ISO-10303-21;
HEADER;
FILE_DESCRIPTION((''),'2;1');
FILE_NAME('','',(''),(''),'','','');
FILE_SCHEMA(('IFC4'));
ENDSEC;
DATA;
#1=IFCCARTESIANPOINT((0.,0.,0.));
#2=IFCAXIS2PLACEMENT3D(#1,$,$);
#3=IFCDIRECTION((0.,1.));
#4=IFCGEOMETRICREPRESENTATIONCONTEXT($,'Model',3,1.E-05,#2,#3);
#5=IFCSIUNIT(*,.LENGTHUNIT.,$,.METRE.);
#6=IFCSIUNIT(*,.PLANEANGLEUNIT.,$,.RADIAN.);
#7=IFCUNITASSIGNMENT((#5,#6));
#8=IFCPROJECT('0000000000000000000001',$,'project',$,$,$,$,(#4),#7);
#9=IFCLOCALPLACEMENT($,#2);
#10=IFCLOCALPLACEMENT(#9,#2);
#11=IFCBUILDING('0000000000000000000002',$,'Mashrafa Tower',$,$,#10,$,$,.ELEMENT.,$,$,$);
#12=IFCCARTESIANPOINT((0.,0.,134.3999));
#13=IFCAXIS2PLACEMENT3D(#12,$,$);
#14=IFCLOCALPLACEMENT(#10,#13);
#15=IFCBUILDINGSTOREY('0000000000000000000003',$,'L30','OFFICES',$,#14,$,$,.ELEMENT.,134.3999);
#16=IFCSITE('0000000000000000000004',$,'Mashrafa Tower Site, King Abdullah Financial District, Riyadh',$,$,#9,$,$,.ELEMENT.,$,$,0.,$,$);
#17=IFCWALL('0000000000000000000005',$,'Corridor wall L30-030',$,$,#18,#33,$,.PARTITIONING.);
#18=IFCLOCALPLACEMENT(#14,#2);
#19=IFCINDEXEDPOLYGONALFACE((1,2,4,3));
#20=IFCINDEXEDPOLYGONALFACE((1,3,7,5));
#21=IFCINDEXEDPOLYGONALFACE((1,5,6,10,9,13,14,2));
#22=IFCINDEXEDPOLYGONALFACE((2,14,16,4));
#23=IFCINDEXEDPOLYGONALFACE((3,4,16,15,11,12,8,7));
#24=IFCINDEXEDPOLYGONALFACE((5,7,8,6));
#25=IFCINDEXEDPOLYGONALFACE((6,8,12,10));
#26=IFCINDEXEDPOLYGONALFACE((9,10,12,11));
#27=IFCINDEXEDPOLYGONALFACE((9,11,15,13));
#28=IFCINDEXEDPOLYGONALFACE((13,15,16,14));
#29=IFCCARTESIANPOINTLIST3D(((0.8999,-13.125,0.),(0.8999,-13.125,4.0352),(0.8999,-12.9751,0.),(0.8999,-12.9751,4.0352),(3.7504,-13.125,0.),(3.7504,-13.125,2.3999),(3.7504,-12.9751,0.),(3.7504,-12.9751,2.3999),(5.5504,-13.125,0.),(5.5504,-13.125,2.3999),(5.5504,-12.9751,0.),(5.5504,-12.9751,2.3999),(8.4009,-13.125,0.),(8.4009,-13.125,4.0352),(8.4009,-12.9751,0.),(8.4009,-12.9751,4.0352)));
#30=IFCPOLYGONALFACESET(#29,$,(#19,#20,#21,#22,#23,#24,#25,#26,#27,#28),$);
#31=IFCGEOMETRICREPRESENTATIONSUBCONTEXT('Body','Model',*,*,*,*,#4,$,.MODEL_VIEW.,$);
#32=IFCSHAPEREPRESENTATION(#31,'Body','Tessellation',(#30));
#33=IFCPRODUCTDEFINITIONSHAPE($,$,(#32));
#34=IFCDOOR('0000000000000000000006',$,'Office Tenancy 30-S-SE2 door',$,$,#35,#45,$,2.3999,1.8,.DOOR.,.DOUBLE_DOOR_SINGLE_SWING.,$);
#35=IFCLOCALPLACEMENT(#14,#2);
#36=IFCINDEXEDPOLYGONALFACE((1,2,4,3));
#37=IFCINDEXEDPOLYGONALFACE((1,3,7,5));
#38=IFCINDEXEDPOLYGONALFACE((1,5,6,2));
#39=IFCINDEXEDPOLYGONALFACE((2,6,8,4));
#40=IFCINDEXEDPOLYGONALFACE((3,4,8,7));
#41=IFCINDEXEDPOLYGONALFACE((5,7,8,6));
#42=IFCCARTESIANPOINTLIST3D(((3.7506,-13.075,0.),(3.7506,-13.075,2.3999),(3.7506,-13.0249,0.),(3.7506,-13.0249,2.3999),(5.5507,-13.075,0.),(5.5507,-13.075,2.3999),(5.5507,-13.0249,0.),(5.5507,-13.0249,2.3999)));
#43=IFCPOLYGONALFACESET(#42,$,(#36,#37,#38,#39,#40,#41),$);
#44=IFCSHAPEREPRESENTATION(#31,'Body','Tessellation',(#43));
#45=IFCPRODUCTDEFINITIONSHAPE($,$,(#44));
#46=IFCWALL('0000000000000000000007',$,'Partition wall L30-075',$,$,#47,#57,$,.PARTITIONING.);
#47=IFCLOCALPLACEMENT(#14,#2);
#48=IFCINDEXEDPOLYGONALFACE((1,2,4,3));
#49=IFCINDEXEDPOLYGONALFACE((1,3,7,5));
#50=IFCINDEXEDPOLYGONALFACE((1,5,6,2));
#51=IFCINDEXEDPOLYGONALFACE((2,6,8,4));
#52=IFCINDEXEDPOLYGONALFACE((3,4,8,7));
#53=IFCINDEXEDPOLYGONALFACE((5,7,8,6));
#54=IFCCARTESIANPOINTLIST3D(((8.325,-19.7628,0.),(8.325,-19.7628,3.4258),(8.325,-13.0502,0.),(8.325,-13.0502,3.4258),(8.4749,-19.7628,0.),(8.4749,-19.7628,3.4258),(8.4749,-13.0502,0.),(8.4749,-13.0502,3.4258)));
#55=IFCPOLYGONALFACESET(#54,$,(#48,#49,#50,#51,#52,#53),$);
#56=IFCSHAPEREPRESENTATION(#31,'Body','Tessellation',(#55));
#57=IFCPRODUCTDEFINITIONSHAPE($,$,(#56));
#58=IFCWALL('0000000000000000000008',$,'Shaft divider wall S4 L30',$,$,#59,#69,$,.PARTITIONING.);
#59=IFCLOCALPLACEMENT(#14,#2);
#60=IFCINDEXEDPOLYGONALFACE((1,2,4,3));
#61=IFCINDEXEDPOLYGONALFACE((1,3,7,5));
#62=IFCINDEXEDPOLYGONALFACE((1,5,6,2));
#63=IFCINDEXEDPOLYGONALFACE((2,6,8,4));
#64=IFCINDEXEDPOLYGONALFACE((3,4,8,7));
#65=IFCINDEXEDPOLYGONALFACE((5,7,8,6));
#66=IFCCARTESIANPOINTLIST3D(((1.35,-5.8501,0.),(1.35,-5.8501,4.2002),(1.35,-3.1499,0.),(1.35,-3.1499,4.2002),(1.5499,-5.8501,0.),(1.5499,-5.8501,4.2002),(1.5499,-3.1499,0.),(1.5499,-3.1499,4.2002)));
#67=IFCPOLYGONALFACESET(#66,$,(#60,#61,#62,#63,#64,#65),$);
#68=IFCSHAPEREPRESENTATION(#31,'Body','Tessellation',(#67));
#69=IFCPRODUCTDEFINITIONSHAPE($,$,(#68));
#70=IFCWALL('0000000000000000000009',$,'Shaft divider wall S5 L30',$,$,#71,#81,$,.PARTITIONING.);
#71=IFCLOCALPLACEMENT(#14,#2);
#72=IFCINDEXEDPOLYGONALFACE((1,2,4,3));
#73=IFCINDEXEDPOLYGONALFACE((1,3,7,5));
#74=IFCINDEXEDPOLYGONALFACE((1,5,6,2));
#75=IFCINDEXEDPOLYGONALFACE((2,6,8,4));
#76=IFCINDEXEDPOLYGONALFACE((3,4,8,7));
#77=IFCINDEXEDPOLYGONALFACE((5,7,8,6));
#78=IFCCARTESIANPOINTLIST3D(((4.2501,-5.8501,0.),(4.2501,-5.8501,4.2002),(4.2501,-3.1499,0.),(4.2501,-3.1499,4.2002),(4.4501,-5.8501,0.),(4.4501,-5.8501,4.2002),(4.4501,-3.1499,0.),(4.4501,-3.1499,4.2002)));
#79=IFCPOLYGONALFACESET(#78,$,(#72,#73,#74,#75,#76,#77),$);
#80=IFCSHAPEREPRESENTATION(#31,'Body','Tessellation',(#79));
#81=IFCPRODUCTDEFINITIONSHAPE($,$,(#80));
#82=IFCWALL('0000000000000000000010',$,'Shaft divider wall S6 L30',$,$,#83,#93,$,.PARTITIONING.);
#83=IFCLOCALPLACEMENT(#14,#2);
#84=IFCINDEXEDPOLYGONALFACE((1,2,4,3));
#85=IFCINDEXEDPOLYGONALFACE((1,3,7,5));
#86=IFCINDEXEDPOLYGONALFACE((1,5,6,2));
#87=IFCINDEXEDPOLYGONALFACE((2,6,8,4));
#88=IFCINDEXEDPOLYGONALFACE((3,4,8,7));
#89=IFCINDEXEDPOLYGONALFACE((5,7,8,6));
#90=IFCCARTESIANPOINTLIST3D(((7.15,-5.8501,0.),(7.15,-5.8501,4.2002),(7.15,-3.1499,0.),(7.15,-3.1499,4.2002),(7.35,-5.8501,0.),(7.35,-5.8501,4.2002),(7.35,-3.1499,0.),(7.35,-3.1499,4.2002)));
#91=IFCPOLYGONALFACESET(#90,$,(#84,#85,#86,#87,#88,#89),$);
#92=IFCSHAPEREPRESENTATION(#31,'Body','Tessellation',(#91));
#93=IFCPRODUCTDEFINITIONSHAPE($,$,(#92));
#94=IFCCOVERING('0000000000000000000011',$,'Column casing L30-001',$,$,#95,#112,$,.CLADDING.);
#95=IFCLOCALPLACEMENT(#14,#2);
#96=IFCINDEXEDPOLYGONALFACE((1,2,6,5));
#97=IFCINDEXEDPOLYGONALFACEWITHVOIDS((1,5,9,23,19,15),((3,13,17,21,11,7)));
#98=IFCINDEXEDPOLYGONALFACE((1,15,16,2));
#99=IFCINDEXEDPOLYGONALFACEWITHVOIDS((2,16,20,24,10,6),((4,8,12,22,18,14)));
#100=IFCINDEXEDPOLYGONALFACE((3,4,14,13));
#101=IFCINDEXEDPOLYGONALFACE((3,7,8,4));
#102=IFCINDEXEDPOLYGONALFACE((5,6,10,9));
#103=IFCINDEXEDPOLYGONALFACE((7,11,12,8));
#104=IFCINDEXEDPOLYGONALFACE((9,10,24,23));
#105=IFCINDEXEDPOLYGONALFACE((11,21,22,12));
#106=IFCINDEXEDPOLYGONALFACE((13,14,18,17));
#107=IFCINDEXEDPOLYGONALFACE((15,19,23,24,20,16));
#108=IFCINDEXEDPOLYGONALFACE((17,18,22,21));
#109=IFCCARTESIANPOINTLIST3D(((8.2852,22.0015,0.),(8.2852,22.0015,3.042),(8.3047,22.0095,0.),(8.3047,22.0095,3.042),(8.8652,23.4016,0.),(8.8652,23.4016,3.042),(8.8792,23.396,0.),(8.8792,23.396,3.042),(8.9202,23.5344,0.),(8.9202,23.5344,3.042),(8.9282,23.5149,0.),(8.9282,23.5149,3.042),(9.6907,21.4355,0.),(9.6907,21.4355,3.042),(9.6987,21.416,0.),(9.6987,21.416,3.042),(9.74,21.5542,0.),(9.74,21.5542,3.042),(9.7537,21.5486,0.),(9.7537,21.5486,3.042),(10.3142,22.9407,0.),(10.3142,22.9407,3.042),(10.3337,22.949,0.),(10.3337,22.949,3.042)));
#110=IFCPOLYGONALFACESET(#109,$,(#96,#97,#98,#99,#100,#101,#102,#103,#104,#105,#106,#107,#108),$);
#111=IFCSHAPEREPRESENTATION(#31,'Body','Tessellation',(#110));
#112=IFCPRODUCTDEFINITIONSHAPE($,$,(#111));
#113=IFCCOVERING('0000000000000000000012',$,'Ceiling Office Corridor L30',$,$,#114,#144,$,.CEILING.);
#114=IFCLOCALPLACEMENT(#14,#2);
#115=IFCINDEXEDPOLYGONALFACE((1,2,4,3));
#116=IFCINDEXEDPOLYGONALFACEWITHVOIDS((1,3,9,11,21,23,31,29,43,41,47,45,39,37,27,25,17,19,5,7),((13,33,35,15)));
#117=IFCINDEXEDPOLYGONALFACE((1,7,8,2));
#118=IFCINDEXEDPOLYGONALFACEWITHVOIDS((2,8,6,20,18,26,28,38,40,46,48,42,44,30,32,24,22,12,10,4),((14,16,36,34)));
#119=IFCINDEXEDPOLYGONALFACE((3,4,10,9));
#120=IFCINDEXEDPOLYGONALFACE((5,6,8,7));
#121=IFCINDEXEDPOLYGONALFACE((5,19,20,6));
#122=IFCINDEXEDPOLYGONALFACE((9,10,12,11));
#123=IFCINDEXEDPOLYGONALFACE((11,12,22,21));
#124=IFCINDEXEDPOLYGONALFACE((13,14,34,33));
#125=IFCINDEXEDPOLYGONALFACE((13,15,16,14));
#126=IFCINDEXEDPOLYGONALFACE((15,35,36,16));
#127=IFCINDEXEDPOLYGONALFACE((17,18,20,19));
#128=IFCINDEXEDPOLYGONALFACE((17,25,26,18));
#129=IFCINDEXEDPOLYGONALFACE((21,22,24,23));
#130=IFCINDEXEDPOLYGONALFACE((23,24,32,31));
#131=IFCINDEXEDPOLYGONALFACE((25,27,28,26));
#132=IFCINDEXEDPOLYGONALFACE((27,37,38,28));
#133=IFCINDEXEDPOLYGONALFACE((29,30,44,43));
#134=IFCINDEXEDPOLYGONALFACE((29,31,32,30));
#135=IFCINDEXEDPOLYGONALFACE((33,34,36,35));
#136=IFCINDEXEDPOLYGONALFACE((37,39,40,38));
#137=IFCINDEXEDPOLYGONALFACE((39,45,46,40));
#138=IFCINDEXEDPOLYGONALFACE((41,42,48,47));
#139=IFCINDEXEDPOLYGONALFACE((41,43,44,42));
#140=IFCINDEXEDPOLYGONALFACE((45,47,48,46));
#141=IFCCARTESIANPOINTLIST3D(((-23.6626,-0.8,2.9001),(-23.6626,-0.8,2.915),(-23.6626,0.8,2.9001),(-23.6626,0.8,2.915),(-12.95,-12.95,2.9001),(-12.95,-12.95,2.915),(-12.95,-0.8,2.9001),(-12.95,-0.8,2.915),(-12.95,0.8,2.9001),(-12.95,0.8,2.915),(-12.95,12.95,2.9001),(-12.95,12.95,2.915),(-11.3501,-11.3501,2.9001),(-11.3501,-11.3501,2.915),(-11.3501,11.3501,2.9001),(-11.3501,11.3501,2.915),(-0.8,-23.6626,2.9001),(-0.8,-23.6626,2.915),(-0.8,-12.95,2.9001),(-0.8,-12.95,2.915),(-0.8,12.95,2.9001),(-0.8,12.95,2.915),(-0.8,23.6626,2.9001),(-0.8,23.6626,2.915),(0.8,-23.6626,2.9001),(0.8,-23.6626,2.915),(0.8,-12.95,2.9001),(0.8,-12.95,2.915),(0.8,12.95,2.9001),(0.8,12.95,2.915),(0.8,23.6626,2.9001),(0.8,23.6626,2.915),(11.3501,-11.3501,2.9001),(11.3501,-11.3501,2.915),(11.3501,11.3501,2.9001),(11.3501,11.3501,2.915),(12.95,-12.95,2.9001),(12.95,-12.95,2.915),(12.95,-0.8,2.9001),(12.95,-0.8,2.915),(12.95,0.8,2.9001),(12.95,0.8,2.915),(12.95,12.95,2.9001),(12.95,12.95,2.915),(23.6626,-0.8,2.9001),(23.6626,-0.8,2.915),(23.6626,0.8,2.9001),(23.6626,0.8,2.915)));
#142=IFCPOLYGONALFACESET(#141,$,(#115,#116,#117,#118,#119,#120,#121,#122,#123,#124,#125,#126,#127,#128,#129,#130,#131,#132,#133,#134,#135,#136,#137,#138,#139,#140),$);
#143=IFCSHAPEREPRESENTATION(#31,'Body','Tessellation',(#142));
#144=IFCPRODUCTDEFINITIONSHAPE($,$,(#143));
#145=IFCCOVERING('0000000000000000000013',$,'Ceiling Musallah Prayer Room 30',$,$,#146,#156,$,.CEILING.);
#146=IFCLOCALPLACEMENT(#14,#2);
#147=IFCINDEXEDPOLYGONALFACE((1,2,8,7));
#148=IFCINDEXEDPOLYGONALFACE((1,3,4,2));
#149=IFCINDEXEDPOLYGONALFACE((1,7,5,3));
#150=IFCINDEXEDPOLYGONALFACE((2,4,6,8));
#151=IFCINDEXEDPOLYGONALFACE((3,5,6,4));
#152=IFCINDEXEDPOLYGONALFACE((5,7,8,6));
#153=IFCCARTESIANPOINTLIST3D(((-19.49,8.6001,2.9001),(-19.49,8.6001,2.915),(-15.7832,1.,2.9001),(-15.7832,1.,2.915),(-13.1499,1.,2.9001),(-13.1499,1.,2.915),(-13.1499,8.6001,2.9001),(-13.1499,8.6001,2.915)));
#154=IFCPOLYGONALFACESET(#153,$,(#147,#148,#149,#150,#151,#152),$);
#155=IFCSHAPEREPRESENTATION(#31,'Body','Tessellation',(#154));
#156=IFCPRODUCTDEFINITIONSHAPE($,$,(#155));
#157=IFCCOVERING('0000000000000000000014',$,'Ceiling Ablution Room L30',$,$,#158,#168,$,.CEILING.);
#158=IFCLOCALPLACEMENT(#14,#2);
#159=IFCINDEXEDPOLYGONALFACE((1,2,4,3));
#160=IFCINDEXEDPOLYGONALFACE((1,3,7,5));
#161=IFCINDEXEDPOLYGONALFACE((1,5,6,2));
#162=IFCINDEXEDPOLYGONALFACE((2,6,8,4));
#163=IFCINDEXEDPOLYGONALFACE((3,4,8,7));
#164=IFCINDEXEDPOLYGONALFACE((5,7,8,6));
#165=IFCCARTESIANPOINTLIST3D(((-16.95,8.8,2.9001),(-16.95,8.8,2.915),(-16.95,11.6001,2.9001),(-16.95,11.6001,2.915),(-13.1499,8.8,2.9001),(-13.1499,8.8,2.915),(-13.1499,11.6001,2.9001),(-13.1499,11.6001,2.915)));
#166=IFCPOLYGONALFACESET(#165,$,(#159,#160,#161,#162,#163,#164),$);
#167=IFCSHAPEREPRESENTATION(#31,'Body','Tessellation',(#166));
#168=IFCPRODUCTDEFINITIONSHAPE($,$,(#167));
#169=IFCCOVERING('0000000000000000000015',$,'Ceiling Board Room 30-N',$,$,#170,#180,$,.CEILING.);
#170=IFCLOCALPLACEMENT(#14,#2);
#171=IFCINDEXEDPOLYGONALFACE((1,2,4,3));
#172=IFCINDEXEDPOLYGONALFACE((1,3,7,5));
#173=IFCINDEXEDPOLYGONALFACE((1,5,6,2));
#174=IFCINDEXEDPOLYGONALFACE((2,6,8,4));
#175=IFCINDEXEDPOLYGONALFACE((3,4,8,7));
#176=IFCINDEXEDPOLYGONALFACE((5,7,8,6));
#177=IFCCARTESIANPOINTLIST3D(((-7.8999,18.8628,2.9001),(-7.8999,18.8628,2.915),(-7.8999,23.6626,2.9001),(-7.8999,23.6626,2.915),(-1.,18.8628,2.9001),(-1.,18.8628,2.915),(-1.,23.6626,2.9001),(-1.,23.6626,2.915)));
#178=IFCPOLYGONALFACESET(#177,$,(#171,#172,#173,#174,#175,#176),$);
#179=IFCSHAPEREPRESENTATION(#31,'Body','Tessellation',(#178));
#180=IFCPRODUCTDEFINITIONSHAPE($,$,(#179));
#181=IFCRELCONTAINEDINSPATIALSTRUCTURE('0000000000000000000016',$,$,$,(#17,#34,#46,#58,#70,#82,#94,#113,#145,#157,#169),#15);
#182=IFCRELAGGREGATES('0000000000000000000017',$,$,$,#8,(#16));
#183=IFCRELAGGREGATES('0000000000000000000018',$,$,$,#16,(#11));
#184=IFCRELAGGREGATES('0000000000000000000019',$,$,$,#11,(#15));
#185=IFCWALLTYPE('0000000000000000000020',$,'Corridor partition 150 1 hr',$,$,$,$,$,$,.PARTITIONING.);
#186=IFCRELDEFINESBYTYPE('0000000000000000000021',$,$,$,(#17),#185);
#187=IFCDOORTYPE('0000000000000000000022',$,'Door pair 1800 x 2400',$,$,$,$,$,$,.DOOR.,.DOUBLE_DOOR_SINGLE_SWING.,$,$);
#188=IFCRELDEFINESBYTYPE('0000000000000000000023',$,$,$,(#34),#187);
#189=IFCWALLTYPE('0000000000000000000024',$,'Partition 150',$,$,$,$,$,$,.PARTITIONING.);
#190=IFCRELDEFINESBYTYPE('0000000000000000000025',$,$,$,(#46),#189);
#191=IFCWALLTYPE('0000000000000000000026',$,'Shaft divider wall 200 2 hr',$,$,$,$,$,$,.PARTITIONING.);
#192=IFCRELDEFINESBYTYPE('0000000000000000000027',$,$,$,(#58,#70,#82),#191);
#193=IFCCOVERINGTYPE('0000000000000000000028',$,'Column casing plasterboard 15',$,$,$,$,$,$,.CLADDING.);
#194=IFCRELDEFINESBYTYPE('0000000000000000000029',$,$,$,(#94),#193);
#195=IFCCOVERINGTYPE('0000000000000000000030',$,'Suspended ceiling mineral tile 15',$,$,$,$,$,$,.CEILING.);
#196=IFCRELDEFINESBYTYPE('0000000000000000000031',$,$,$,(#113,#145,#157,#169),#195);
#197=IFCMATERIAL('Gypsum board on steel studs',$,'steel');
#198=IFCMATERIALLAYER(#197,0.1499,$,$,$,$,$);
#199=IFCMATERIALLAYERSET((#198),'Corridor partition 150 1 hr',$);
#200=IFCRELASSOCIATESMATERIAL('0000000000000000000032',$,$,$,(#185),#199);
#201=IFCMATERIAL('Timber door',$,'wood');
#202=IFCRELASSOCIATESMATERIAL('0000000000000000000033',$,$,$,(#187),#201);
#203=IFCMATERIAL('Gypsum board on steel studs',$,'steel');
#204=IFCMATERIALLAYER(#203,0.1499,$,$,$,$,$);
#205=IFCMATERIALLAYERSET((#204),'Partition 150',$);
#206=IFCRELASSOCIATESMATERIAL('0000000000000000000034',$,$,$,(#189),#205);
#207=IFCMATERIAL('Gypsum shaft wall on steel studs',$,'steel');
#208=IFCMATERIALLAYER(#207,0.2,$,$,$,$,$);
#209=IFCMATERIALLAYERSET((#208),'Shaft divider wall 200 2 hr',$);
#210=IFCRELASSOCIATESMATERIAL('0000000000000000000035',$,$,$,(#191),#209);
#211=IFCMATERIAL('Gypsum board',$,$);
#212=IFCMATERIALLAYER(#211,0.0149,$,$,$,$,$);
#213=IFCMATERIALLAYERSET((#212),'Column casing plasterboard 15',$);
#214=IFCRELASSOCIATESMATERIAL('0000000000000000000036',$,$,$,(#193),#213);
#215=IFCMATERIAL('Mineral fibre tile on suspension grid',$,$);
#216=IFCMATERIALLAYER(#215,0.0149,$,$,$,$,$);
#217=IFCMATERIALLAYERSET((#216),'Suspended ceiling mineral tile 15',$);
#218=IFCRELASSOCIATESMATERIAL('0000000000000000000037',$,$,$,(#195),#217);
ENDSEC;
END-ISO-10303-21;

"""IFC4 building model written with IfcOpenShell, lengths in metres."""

from ifc_helpers import new_model, si_unit, direction, frame, frame_2d, origin, place, context, subcontext, project, spatial, polyline, rectangle, outline, extrude, material, layer, layer_set, type_object, element, fill, save


model = new_model("IFC4")

# Units and contexts
model_context = context("Model", 3, precision=1e-05, world=origin(), true_north=direction((0.0, 1.0)))
body_context = subcontext(model_context, "Body", "Model", "MODEL_VIEW")
ifc_project = project(units=[si_unit("LENGTHUNIT", "METRE"), si_unit("PLANEANGLEUNIT", "RADIAN")], contexts=[model_context])

# Site, building, storey
site_placement = place(None, origin())
site = spatial("IfcSite", under=ifc_project, at=site_placement, Name="Mashrafa Tower Site, King Abdullah Financial District, Riyadh", CompositionType="ELEMENT", RefElevation=0.0)
building_placement = place(site_placement, origin())
building = spatial("IfcBuilding", under=site, at=building_placement, Name="Mashrafa Tower", CompositionType="ELEMENT")
storey_placement = place(building_placement, frame((0.0, 0.0, 134.3999)))
storey = spatial("IfcBuildingStorey", under=building, at=storey_placement, Name="L30", Description="OFFICES", CompositionType="ELEMENT", Elevation=134.3999)

# Shared definitions
ifc_material_1 = material(Name="Gypsum board on steel studs", Category="steel")
ifc_layer_1 = layer(ifc_material_1, 0.1499)
ifc_layer_set_1 = layer_set([ifc_layer_1], Name="Corridor partition 150 1 hr")
wall_type_1 = type_object("IfcWallType", Name="Corridor partition 150 1 hr", PredefinedType="PARTITIONING", material=ifc_layer_set_1)

# Wall, opening, door
wall_1_placement = place(storey_placement, frame((0.8999, -13.05, 0.0), z_axis=(0.0, 0.0, 1.0), x_axis=(1.0, 0.0, 0.0)))
wall_1 = element("IfcWall", 1, at=wall_1_placement, inside=storey, type_object=wall_type_1, Name="Corridor wall L30-030", PredefinedType="PARTITIONING", context=body_context, shape_type="SweptSolid", body=[
    extrude(rectangle(XDim=7.501, YDim=0.1499, at=frame_2d((3.7505, 0.0))), origin(), (0.0, 0.0, 1.0), 4.0352),
])
opening_1_placement = place(wall_1_placement, frame((2.8506, 0.0, 0.0)))
opening_1 = element("IfcOpeningElement", 2, at=opening_1_placement, cuts=wall_1, PredefinedType="OPENING", context=body_context, shape_type="SweptSolid", body=[
    extrude(rectangle(XDim=1.8, YDim=2.3999, at=frame_2d((0.8999, 1.2))), frame((0.0, 0.085, 0.0), z_axis=(0.0, -1.0, 0.0), x_axis=(1.0, 0.0, 0.0)), (0.0, 0.0, 1.0), 0.1699),
])
ifc_material_2 = material(Name="Timber door", Category="wood")
door_type_1 = type_object("IfcDoorType", Name="Door pair 1800 x 2400", OperationType="DOUBLE_DOOR_SINGLE_SWING", PredefinedType="DOOR", material=ifc_material_2)
door_1_placement = place(opening_1_placement, frame((1.8, 0.0, 0.0), z_axis=(0.0, 0.0, 1.0), x_axis=(-1.0, 0.0, 0.0)))
door_1 = element("IfcDoor", 3, at=door_1_placement, inside=storey, type_object=door_type_1, Name="Office Tenancy 30-S-SE2 door", OperationType="DOUBLE_DOOR_SINGLE_SWING", OverallHeight=2.3999, OverallWidth=1.8, PredefinedType="DOOR", context=body_context, shape_type="SweptSolid", body=[
    extrude(rectangle(XDim=1.8, YDim=2.3999, at=frame_2d((0.8999, 1.2))), frame((0.0, 0.0249, 0.0), z_axis=(0.0, -1.0, 0.0), x_axis=(1.0, 0.0, 0.0)), (0.0, 0.0, 1.0), 0.05),
])
fill(opening_1, door_1)

# Walls
ifc_material_3 = material(Name="Gypsum board on steel studs", Category="steel")
ifc_layer_2 = layer(ifc_material_3, 0.1499)
ifc_layer_set_2 = layer_set([ifc_layer_2], Name="Partition 150")
wall_type_2 = type_object("IfcWallType", Name="Partition 150", PredefinedType="PARTITIONING", material=ifc_layer_set_2)
wall_2_placement = place(storey_placement, frame((8.3999, -13.05, 0.0), z_axis=(0.0, 0.0, 1.0), x_axis=(0.0, -1.0, 0.0)))
element("IfcWall", 4, at=wall_2_placement, inside=storey, type_object=wall_type_2, Name="Partition wall L30-075", PredefinedType="PARTITIONING", context=body_context, shape_type="SweptSolid", body=[
    extrude(rectangle(XDim=6.7126, YDim=0.1499, at=frame_2d((3.3564, 0.0))), origin(), (0.0, 0.0, 1.0), 3.4258),
])
ifc_material_4 = material(Name="Gypsum shaft wall on steel studs", Category="steel")
ifc_layer_3 = layer(ifc_material_4, 0.2)
ifc_layer_set_3 = layer_set([ifc_layer_3], Name="Shaft divider wall 200 2 hr")
wall_type_3 = type_object("IfcWallType", Name="Shaft divider wall 200 2 hr", PredefinedType="PARTITIONING", material=ifc_layer_set_3)
for number, where, z_axis, x_axis, name in (
    (5, (1.45, -5.8501, 0.0), (0.0, 0.0, 1.0), (0.0, 1.0, 0.0), "Shaft divider wall S4 L30"),
    (6, (4.3501, -5.8501, 0.0), (0.0, 0.0, 1.0), (0.0, 1.0, 0.0), "Shaft divider wall S5 L30"),
    (7, (7.25, -5.8501, 0.0), (0.0, 0.0, 1.0), (0.0, 1.0, 0.0), "Shaft divider wall S6 L30"),
):
    element("IfcWall", number, at=place(storey_placement, frame(where, z_axis=z_axis, x_axis=x_axis)), inside=storey, type_object=wall_type_3, Name=name, PredefinedType="PARTITIONING", context=body_context, shape_type="SweptSolid", body=[
        extrude(rectangle(XDim=2.7002, YDim=0.2, at=frame_2d((1.3501, 0.0))), origin(), (0.0, 0.0, 1.0), 4.2002),
    ])

# Coverings
ifc_material_5 = material(Name="Gypsum board")
ifc_layer_4 = layer(ifc_material_5, 0.0149)
ifc_layer_set_4 = layer_set([ifc_layer_4], Name="Column casing plasterboard 15")
covering_type_1 = type_object("IfcCoveringType", Name="Column casing plasterboard 15", PredefinedType="CLADDING", material=ifc_layer_set_4)
covering_1_placement = place(storey_placement, origin())
element("IfcCovering", 8, at=covering_1_placement, inside=storey, type_object=covering_type_1, Name="Column casing L30-001", PredefinedType="CLADDING", context=body_context, shape_type="SweptSolid", body=[
    extrude(outline(polyline([(8.2852, 22.0015), (8.8652, 23.4016), (8.9202, 23.5344), (10.3337, 22.949), (9.7537, 21.5486), (9.6987, 21.416), (8.2852, 22.0015)]), holes=[polyline([(9.74, 21.5542), (10.3142, 22.9407), (8.9282, 23.5149), (8.8792, 23.396), (8.3047, 22.0095), (9.6907, 21.4355), (9.74, 21.5542)])]), origin(), (0.0, 0.0, 1.0), 3.042),
])
ifc_material_6 = material(Name="Mineral fibre tile on suspension grid")
ifc_layer_5 = layer(ifc_material_6, 0.0149)
ifc_layer_set_5 = layer_set([ifc_layer_5], Name="Suspended ceiling mineral tile 15")
covering_type_2 = type_object("IfcCoveringType", Name="Suspended ceiling mineral tile 15", PredefinedType="CEILING", material=ifc_layer_set_5)
covering_2_placement = place(storey_placement, frame((0.0, 0.0, 2.9001)))
element("IfcCovering", 9, at=covering_2_placement, inside=storey, type_object=covering_type_2, Name="Ceiling Office Corridor L30", PredefinedType="CEILING", context=body_context, shape_type="SweptSolid", body=[
    extrude(outline(polyline([(-12.95, -12.95), (-12.95, -0.8), (-23.6626, -0.8), (-23.6626, 0.8), (-12.95, 0.8), (-12.95, 12.95), (-0.8, 12.95), (-0.8, 23.6626), (0.8, 23.6626), (0.8, 12.95), (12.95, 12.95), (12.95, 0.8), (23.6626, 0.8), (23.6626, -0.8), (12.95, -0.8), (12.95, -12.95), (0.8, -12.95), (0.8, -23.6626), (-0.8, -23.6626), (-0.8, -12.95), (-12.95, -12.95)]), holes=[polyline([(11.3501, 11.3501), (-11.3501, 11.3501), (-11.3501, -11.3501), (11.3501, -11.3501), (11.3501, 11.3501)])]), origin(), (0.0, 0.0, 1.0), 0.0149),
])
covering_3_placement = place(storey_placement, frame((0.0, 0.0, 2.9001)))
element("IfcCovering", 10, at=covering_3_placement, inside=storey, type_object=covering_type_2, Name="Ceiling Musallah Prayer Room 30", PredefinedType="CEILING", context=body_context, shape_type="SweptSolid", body=[
    extrude(outline(polyline([(-15.7832, 1.0), (-19.49, 8.6001), (-13.1499, 8.6001), (-13.1499, 1.0), (-15.7832, 1.0)])), origin(), (0.0, 0.0, 1.0), 0.0149),
])
covering_4_placement = place(storey_placement, frame((0.0, 0.0, 2.9001)))
element("IfcCovering", 11, at=covering_4_placement, inside=storey, type_object=covering_type_2, Name="Ceiling Ablution Room L30", PredefinedType="CEILING", context=body_context, shape_type="SweptSolid", body=[
    extrude(outline(polyline([(-16.95, 8.8), (-16.95, 11.6001), (-13.1499, 11.6001), (-13.1499, 8.8), (-16.95, 8.8)])), origin(), (0.0, 0.0, 1.0), 0.0149),
])
covering_5_placement = place(storey_placement, frame((0.0, 0.0, 2.9001)))
element("IfcCovering", 12, at=covering_5_placement, inside=storey, type_object=covering_type_2, Name="Ceiling Board Room 30-N", PredefinedType="CEILING", context=body_context, shape_type="SweptSolid", body=[
    extrude(outline(polyline([(-7.8999, 23.6626), (-1.0, 23.6626), (-1.0, 18.8628), (-7.8999, 18.8628), (-7.8999, 23.6626)])), origin(), (0.0, 0.0, 1.0), 0.0149),
])

save(model, "model.ifc")
